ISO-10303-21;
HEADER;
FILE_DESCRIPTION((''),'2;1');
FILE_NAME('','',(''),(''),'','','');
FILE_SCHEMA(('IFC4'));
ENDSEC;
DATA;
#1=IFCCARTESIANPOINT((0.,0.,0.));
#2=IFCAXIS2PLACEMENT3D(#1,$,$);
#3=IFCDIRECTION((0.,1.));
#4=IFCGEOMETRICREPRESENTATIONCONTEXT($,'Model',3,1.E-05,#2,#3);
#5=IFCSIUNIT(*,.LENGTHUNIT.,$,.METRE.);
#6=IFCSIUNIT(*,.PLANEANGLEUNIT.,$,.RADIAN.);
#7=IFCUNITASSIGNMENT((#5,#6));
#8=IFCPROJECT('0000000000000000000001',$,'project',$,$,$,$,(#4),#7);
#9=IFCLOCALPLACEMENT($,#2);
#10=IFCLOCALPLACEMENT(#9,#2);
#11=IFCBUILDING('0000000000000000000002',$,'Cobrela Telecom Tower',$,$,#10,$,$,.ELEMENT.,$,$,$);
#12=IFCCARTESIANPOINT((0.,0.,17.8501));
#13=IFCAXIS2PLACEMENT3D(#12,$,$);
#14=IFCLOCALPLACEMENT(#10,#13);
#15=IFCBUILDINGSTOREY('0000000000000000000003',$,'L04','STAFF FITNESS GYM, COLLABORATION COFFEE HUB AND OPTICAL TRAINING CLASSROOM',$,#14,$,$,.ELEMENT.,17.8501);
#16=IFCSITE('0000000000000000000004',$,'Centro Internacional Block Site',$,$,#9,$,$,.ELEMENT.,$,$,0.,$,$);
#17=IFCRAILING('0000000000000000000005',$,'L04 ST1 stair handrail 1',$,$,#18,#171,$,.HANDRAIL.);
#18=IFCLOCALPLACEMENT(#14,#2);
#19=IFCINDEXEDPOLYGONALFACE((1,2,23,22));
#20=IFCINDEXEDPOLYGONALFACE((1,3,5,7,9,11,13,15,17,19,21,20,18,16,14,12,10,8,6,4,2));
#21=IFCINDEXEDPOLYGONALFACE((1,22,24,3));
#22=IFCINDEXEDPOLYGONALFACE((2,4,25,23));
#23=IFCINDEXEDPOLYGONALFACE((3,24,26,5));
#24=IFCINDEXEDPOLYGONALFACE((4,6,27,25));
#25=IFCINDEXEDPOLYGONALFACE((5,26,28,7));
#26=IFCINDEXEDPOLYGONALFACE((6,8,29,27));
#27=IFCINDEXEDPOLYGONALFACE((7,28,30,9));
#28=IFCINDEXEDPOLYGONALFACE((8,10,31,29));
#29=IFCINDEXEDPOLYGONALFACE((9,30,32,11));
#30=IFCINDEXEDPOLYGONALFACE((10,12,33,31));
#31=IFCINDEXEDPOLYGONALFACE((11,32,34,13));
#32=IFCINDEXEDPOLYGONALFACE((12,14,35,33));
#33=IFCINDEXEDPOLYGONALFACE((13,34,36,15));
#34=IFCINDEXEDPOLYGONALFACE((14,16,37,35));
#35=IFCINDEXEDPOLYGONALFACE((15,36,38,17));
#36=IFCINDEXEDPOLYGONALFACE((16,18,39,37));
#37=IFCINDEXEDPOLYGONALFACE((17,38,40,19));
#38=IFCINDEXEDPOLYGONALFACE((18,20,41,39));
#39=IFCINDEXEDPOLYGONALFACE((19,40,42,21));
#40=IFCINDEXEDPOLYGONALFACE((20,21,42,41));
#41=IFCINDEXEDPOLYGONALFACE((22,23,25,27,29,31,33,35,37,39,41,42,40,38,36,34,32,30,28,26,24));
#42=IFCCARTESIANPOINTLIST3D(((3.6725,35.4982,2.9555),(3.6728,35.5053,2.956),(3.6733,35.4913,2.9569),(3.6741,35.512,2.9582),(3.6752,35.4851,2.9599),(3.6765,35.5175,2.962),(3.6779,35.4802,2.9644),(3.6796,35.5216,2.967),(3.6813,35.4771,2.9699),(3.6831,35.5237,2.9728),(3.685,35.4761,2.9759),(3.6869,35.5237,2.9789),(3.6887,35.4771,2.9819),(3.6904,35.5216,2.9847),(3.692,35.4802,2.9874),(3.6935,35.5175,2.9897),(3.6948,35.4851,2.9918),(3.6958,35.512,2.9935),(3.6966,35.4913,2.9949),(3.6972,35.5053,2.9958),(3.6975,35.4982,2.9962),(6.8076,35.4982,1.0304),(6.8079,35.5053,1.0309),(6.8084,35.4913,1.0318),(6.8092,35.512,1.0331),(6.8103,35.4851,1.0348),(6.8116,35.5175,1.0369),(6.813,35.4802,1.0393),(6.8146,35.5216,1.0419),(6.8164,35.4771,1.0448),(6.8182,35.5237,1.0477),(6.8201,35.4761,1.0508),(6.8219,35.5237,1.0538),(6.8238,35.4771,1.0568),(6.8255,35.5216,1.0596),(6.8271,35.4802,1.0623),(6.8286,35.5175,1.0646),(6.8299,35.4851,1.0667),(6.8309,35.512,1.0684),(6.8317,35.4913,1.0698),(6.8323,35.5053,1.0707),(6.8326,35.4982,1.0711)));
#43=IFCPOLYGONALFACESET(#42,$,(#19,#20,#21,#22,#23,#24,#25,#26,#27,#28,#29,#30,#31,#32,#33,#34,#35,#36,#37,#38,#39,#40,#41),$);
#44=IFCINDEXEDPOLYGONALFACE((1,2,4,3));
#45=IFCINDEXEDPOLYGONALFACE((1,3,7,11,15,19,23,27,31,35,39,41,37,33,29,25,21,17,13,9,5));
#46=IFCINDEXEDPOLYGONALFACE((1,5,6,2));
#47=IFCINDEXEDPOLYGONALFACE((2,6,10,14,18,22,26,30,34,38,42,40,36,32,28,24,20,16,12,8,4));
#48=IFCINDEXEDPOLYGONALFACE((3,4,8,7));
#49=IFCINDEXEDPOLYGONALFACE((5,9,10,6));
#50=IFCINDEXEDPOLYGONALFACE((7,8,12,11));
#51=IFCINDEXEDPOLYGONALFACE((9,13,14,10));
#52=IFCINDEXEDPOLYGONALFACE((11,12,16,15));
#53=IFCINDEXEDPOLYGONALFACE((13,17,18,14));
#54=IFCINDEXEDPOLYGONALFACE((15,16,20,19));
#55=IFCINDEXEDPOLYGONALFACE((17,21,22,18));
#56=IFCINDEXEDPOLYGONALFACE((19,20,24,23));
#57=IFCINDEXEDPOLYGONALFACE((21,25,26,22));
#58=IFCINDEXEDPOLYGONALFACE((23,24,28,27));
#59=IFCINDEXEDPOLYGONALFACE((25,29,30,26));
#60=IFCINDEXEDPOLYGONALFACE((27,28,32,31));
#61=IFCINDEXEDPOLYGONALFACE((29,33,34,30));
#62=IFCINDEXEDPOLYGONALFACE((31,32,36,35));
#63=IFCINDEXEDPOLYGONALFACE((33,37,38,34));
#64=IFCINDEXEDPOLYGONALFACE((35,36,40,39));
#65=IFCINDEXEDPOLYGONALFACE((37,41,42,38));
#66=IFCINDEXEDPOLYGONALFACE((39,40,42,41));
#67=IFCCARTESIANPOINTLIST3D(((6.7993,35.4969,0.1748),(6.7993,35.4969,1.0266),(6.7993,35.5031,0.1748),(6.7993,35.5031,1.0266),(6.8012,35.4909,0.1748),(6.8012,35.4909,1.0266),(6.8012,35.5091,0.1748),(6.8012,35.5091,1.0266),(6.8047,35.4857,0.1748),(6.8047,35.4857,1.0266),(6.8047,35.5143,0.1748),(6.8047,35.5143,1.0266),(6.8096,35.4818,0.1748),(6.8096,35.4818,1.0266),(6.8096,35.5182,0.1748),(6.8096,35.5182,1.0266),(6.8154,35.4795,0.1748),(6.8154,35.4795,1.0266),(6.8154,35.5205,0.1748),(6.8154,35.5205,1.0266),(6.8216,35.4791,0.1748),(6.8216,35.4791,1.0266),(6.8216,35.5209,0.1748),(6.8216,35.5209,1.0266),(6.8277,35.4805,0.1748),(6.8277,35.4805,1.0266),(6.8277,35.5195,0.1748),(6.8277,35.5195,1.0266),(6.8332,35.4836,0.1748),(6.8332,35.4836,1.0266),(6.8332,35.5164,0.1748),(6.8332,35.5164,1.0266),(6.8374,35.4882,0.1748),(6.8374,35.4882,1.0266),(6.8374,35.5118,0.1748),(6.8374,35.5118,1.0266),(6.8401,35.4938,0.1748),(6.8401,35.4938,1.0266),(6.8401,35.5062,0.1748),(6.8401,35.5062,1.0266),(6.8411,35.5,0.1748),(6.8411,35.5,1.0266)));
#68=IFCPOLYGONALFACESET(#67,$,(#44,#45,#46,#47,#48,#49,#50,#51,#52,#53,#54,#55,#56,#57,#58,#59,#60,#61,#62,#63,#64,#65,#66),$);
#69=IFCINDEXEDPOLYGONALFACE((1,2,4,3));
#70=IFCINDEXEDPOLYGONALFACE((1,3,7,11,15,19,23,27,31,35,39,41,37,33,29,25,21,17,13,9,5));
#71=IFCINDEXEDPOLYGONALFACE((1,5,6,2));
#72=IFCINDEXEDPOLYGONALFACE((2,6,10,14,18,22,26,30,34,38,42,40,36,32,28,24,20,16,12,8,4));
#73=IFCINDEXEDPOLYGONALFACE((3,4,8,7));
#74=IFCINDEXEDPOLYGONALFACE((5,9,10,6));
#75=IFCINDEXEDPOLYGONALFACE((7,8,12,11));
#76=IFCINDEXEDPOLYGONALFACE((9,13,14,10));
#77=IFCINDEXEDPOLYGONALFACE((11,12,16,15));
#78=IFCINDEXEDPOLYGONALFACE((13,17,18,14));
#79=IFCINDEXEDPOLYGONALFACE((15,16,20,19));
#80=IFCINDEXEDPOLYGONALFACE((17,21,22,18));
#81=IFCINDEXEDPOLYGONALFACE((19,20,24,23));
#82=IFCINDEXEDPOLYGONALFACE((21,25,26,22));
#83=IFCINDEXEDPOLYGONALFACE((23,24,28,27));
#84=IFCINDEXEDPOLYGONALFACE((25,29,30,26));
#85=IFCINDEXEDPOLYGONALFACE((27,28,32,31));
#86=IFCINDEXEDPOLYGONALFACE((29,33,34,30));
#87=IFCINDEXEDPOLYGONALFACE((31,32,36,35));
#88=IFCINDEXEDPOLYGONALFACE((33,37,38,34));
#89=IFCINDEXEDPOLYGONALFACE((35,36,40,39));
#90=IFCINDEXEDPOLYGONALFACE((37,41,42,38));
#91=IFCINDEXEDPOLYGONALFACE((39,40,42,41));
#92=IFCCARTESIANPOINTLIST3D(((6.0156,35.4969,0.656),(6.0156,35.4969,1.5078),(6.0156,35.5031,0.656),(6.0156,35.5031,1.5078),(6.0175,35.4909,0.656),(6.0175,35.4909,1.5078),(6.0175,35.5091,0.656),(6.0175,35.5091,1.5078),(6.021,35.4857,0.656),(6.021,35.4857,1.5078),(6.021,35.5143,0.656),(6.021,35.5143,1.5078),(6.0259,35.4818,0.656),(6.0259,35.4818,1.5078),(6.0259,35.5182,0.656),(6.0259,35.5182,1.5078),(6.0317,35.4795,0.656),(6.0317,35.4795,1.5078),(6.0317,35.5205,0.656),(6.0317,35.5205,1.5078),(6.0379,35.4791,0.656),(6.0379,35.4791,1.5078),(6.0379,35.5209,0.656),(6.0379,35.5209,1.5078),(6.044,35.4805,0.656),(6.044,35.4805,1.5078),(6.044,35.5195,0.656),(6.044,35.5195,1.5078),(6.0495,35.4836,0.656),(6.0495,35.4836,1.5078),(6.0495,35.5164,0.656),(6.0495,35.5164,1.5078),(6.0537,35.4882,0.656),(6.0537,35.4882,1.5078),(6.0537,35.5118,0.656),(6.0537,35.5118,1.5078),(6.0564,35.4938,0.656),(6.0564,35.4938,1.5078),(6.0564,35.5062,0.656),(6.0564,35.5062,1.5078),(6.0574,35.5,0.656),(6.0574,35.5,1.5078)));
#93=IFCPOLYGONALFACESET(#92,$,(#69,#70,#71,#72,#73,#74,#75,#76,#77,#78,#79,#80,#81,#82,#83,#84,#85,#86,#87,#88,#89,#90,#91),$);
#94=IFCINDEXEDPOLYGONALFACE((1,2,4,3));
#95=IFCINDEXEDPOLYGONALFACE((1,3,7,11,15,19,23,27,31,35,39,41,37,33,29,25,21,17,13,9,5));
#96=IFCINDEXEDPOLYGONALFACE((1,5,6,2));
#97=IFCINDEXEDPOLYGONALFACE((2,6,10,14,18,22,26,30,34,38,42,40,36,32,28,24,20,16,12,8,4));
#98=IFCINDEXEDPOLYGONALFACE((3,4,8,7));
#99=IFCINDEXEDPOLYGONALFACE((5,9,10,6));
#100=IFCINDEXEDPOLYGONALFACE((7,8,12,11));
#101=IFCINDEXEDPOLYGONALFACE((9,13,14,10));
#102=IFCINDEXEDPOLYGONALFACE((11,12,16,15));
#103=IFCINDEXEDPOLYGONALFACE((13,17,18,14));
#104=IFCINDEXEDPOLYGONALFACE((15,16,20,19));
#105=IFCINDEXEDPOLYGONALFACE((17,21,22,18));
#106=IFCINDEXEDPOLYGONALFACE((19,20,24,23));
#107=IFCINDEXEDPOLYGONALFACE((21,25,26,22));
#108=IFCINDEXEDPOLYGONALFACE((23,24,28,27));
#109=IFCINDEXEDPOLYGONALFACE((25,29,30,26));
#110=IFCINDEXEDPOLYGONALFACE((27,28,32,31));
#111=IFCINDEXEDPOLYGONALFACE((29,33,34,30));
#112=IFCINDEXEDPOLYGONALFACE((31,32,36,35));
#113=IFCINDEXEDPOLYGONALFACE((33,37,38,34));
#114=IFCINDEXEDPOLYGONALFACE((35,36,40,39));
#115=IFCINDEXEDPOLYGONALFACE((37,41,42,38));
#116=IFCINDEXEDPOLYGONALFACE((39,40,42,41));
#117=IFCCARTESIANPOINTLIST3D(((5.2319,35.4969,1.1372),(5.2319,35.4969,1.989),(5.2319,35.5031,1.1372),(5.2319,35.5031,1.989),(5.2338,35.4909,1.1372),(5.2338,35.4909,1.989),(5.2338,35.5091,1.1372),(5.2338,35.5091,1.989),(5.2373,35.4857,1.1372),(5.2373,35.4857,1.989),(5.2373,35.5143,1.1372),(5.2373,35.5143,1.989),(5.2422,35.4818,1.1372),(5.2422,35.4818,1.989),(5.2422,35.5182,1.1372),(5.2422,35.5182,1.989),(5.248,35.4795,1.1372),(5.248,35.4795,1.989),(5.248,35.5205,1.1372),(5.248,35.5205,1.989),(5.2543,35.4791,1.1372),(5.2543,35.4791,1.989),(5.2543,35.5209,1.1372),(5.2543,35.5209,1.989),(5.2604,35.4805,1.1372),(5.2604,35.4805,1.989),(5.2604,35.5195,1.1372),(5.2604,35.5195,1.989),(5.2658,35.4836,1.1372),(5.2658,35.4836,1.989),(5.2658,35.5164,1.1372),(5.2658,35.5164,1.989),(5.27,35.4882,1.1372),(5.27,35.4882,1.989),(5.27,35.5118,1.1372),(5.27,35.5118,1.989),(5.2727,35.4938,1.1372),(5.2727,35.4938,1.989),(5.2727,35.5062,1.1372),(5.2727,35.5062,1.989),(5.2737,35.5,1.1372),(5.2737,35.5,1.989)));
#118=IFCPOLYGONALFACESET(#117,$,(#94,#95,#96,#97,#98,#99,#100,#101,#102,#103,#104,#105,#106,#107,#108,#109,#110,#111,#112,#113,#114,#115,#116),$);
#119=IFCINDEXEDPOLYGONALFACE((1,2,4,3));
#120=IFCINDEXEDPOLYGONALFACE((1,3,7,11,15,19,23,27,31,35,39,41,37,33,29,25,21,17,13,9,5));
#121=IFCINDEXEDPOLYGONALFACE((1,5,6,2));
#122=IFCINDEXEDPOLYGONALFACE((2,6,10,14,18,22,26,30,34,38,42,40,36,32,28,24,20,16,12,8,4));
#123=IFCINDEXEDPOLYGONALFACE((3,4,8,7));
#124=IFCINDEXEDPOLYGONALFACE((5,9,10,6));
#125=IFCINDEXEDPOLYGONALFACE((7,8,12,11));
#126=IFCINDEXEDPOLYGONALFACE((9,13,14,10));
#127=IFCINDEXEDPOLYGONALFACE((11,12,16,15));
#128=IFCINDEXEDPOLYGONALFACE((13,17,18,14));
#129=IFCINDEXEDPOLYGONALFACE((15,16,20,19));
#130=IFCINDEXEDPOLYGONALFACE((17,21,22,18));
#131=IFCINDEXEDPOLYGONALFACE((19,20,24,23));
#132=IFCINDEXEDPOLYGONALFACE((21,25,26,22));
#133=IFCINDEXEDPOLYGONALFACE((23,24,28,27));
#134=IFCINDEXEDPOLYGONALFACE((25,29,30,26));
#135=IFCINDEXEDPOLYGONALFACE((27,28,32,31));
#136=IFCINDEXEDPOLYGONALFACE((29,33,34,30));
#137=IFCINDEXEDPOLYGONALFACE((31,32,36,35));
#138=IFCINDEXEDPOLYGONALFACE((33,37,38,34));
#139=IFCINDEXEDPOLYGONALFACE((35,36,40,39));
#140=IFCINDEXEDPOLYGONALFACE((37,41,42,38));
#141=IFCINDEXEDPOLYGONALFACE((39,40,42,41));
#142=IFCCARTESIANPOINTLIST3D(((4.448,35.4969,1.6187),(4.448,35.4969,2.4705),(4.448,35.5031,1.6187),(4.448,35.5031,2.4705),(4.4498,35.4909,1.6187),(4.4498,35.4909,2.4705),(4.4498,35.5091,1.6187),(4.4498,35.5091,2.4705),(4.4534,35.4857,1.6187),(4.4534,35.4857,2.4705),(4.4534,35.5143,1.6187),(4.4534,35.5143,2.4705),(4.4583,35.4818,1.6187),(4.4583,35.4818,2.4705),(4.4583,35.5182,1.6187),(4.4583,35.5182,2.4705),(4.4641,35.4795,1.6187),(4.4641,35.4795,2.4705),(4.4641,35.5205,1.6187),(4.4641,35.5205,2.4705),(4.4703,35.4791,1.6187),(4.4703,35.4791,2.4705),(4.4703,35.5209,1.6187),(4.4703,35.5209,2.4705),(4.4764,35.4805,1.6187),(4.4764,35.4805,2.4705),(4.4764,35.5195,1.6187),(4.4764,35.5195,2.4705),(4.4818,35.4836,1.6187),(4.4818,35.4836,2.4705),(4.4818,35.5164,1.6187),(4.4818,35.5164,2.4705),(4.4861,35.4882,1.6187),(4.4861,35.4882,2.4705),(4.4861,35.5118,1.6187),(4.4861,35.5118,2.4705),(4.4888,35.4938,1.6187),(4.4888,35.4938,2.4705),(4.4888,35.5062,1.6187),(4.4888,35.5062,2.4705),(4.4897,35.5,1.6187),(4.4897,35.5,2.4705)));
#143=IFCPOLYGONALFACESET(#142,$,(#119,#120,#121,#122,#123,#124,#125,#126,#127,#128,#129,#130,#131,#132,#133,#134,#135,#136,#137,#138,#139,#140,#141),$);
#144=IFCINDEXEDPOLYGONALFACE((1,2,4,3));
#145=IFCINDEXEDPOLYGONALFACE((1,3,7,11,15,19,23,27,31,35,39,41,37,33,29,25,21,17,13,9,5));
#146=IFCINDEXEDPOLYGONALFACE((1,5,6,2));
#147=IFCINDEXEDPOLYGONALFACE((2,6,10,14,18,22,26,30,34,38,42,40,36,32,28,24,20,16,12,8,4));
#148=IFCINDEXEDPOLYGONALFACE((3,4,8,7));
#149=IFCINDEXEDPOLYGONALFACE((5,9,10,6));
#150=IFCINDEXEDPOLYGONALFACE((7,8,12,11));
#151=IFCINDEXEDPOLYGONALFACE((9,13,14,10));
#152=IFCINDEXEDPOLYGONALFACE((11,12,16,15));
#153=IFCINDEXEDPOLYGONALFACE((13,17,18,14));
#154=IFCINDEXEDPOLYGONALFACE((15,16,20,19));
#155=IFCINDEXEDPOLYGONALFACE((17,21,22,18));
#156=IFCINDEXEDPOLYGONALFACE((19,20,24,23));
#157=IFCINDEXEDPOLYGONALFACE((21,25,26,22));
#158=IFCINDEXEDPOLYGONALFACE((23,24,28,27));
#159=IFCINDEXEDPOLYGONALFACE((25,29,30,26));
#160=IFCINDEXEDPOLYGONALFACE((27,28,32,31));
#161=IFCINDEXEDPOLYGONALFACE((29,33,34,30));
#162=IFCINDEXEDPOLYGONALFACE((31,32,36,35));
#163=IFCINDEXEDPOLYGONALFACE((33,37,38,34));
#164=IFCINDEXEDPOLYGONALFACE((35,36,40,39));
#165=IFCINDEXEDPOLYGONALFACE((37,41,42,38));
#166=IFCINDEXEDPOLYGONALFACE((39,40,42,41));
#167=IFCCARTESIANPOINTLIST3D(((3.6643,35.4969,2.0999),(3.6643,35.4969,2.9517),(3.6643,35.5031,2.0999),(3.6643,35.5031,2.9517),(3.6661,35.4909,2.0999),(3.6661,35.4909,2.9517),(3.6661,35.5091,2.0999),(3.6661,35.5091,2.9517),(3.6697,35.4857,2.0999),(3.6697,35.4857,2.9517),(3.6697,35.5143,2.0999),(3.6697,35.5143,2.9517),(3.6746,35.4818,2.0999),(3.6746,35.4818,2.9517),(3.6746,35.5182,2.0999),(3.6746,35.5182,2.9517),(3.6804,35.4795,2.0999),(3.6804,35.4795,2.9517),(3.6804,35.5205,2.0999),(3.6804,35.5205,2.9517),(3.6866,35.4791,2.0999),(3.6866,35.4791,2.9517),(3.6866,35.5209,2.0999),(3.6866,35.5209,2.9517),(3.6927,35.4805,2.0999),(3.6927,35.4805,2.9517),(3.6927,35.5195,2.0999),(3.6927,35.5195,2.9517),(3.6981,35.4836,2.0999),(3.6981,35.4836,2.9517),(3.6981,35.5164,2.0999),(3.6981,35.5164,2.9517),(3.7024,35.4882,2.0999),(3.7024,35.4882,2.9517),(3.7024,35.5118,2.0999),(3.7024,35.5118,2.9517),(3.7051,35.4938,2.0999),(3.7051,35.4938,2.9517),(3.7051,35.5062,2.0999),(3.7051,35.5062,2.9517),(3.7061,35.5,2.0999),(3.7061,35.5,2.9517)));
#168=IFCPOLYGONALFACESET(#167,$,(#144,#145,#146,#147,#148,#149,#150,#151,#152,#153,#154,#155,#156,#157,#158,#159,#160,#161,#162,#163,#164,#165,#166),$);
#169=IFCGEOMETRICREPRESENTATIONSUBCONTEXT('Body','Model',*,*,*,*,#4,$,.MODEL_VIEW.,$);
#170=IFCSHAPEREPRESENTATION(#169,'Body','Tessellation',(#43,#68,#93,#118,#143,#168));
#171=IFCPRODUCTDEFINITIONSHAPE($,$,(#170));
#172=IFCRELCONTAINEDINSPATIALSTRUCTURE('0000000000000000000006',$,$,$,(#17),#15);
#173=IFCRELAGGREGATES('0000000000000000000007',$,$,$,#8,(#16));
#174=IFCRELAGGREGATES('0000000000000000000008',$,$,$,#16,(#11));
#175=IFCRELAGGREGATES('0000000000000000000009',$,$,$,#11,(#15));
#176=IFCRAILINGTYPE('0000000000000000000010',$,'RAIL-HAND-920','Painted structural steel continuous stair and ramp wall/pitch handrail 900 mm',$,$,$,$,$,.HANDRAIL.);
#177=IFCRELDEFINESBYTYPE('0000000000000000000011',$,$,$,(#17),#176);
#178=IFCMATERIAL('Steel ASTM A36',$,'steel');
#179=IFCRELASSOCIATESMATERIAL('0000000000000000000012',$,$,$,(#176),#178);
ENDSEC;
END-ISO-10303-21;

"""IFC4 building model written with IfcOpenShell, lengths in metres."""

from ifc_helpers import new_model, si_unit, direction, frame, origin, origin_2d, place, context, subcontext, project, spatial, circle, extrude, material, type_object, element, save


model = new_model("IFC4")

# Units and contexts
model_context = context("Model", 3, precision=1e-05, world=origin(), true_north=direction((0.0, 1.0)))
body_context = subcontext(model_context, "Body", "Model", "MODEL_VIEW")
ifc_project = project(units=[si_unit("LENGTHUNIT", "METRE"), si_unit("PLANEANGLEUNIT", "RADIAN")], contexts=[model_context])

# Site, building, storey
site_placement = place(None, origin())
site = spatial("IfcSite", under=ifc_project, at=site_placement, Name="Centro Internacional Block Site", CompositionType="ELEMENT", RefElevation=0.0)
building_placement = place(site_placement, origin())
building = spatial("IfcBuilding", under=site, at=building_placement, Name="Cobrela Telecom Tower", CompositionType="ELEMENT")
storey_placement = place(building_placement, frame((0.0, 0.0, 17.8501)))
storey = spatial("IfcBuildingStorey", under=building, at=storey_placement, Name="L04", Description="STAFF FITNESS GYM, COLLABORATION COFFEE HUB AND OPTICAL TRAINING CLASSROOM", CompositionType="ELEMENT", Elevation=17.8501)

# Shared definitions
ifc_material_1 = material(Name="Steel ASTM A36", Category="steel")

# Railing
railing_type_1 = type_object("IfcRailingType", Name="RAIL-HAND-920", Description="Painted structural steel continuous stair and ramp wall/pitch handrail 900 mm", PredefinedType="HANDRAIL", material=ifc_material_1)
railing_1_placement = place(storey_placement, frame((6.8201, 35.5, 0.1748)))
element("IfcRailing", 1, at=railing_1_placement, inside=storey, type_object=railing_type_1, Name="L04 ST1 stair handrail 1", PredefinedType="HANDRAIL", context=body_context, shape_type="SweptSolid", body=[
    extrude(circle(Radius=0.0239, at=origin_2d()), frame((0.0, 0.0, 0.876), z_axis=(-0.852166, 0.0, 0.523271), x_axis=(0.0, -1.0, 0.0)), (0.0, 0.0, 1.0), 3.679),
    extrude(circle(Radius=0.021, at=origin_2d()), origin(), (0.0, 0.0, 1.0), 0.8518),
    extrude(circle(Radius=0.021, at=origin_2d()), frame((-0.7837, 0.0, 0.4812)), (0.0, 0.0, 1.0), 0.8518),
    extrude(circle(Radius=0.021, at=origin_2d()), frame((-1.5674, 0.0, 0.9624)), (0.0, 0.0, 1.0), 0.8518),
    extrude(circle(Radius=0.021, at=origin_2d()), frame((-2.3513, 0.0, 1.4438)), (0.0, 0.0, 1.0), 0.8518),
    extrude(circle(Radius=0.021, at=origin_2d()), frame((-3.135, 0.0, 1.925)), (0.0, 0.0, 1.0), 0.8518),
])

save(model, "model.ifc")
